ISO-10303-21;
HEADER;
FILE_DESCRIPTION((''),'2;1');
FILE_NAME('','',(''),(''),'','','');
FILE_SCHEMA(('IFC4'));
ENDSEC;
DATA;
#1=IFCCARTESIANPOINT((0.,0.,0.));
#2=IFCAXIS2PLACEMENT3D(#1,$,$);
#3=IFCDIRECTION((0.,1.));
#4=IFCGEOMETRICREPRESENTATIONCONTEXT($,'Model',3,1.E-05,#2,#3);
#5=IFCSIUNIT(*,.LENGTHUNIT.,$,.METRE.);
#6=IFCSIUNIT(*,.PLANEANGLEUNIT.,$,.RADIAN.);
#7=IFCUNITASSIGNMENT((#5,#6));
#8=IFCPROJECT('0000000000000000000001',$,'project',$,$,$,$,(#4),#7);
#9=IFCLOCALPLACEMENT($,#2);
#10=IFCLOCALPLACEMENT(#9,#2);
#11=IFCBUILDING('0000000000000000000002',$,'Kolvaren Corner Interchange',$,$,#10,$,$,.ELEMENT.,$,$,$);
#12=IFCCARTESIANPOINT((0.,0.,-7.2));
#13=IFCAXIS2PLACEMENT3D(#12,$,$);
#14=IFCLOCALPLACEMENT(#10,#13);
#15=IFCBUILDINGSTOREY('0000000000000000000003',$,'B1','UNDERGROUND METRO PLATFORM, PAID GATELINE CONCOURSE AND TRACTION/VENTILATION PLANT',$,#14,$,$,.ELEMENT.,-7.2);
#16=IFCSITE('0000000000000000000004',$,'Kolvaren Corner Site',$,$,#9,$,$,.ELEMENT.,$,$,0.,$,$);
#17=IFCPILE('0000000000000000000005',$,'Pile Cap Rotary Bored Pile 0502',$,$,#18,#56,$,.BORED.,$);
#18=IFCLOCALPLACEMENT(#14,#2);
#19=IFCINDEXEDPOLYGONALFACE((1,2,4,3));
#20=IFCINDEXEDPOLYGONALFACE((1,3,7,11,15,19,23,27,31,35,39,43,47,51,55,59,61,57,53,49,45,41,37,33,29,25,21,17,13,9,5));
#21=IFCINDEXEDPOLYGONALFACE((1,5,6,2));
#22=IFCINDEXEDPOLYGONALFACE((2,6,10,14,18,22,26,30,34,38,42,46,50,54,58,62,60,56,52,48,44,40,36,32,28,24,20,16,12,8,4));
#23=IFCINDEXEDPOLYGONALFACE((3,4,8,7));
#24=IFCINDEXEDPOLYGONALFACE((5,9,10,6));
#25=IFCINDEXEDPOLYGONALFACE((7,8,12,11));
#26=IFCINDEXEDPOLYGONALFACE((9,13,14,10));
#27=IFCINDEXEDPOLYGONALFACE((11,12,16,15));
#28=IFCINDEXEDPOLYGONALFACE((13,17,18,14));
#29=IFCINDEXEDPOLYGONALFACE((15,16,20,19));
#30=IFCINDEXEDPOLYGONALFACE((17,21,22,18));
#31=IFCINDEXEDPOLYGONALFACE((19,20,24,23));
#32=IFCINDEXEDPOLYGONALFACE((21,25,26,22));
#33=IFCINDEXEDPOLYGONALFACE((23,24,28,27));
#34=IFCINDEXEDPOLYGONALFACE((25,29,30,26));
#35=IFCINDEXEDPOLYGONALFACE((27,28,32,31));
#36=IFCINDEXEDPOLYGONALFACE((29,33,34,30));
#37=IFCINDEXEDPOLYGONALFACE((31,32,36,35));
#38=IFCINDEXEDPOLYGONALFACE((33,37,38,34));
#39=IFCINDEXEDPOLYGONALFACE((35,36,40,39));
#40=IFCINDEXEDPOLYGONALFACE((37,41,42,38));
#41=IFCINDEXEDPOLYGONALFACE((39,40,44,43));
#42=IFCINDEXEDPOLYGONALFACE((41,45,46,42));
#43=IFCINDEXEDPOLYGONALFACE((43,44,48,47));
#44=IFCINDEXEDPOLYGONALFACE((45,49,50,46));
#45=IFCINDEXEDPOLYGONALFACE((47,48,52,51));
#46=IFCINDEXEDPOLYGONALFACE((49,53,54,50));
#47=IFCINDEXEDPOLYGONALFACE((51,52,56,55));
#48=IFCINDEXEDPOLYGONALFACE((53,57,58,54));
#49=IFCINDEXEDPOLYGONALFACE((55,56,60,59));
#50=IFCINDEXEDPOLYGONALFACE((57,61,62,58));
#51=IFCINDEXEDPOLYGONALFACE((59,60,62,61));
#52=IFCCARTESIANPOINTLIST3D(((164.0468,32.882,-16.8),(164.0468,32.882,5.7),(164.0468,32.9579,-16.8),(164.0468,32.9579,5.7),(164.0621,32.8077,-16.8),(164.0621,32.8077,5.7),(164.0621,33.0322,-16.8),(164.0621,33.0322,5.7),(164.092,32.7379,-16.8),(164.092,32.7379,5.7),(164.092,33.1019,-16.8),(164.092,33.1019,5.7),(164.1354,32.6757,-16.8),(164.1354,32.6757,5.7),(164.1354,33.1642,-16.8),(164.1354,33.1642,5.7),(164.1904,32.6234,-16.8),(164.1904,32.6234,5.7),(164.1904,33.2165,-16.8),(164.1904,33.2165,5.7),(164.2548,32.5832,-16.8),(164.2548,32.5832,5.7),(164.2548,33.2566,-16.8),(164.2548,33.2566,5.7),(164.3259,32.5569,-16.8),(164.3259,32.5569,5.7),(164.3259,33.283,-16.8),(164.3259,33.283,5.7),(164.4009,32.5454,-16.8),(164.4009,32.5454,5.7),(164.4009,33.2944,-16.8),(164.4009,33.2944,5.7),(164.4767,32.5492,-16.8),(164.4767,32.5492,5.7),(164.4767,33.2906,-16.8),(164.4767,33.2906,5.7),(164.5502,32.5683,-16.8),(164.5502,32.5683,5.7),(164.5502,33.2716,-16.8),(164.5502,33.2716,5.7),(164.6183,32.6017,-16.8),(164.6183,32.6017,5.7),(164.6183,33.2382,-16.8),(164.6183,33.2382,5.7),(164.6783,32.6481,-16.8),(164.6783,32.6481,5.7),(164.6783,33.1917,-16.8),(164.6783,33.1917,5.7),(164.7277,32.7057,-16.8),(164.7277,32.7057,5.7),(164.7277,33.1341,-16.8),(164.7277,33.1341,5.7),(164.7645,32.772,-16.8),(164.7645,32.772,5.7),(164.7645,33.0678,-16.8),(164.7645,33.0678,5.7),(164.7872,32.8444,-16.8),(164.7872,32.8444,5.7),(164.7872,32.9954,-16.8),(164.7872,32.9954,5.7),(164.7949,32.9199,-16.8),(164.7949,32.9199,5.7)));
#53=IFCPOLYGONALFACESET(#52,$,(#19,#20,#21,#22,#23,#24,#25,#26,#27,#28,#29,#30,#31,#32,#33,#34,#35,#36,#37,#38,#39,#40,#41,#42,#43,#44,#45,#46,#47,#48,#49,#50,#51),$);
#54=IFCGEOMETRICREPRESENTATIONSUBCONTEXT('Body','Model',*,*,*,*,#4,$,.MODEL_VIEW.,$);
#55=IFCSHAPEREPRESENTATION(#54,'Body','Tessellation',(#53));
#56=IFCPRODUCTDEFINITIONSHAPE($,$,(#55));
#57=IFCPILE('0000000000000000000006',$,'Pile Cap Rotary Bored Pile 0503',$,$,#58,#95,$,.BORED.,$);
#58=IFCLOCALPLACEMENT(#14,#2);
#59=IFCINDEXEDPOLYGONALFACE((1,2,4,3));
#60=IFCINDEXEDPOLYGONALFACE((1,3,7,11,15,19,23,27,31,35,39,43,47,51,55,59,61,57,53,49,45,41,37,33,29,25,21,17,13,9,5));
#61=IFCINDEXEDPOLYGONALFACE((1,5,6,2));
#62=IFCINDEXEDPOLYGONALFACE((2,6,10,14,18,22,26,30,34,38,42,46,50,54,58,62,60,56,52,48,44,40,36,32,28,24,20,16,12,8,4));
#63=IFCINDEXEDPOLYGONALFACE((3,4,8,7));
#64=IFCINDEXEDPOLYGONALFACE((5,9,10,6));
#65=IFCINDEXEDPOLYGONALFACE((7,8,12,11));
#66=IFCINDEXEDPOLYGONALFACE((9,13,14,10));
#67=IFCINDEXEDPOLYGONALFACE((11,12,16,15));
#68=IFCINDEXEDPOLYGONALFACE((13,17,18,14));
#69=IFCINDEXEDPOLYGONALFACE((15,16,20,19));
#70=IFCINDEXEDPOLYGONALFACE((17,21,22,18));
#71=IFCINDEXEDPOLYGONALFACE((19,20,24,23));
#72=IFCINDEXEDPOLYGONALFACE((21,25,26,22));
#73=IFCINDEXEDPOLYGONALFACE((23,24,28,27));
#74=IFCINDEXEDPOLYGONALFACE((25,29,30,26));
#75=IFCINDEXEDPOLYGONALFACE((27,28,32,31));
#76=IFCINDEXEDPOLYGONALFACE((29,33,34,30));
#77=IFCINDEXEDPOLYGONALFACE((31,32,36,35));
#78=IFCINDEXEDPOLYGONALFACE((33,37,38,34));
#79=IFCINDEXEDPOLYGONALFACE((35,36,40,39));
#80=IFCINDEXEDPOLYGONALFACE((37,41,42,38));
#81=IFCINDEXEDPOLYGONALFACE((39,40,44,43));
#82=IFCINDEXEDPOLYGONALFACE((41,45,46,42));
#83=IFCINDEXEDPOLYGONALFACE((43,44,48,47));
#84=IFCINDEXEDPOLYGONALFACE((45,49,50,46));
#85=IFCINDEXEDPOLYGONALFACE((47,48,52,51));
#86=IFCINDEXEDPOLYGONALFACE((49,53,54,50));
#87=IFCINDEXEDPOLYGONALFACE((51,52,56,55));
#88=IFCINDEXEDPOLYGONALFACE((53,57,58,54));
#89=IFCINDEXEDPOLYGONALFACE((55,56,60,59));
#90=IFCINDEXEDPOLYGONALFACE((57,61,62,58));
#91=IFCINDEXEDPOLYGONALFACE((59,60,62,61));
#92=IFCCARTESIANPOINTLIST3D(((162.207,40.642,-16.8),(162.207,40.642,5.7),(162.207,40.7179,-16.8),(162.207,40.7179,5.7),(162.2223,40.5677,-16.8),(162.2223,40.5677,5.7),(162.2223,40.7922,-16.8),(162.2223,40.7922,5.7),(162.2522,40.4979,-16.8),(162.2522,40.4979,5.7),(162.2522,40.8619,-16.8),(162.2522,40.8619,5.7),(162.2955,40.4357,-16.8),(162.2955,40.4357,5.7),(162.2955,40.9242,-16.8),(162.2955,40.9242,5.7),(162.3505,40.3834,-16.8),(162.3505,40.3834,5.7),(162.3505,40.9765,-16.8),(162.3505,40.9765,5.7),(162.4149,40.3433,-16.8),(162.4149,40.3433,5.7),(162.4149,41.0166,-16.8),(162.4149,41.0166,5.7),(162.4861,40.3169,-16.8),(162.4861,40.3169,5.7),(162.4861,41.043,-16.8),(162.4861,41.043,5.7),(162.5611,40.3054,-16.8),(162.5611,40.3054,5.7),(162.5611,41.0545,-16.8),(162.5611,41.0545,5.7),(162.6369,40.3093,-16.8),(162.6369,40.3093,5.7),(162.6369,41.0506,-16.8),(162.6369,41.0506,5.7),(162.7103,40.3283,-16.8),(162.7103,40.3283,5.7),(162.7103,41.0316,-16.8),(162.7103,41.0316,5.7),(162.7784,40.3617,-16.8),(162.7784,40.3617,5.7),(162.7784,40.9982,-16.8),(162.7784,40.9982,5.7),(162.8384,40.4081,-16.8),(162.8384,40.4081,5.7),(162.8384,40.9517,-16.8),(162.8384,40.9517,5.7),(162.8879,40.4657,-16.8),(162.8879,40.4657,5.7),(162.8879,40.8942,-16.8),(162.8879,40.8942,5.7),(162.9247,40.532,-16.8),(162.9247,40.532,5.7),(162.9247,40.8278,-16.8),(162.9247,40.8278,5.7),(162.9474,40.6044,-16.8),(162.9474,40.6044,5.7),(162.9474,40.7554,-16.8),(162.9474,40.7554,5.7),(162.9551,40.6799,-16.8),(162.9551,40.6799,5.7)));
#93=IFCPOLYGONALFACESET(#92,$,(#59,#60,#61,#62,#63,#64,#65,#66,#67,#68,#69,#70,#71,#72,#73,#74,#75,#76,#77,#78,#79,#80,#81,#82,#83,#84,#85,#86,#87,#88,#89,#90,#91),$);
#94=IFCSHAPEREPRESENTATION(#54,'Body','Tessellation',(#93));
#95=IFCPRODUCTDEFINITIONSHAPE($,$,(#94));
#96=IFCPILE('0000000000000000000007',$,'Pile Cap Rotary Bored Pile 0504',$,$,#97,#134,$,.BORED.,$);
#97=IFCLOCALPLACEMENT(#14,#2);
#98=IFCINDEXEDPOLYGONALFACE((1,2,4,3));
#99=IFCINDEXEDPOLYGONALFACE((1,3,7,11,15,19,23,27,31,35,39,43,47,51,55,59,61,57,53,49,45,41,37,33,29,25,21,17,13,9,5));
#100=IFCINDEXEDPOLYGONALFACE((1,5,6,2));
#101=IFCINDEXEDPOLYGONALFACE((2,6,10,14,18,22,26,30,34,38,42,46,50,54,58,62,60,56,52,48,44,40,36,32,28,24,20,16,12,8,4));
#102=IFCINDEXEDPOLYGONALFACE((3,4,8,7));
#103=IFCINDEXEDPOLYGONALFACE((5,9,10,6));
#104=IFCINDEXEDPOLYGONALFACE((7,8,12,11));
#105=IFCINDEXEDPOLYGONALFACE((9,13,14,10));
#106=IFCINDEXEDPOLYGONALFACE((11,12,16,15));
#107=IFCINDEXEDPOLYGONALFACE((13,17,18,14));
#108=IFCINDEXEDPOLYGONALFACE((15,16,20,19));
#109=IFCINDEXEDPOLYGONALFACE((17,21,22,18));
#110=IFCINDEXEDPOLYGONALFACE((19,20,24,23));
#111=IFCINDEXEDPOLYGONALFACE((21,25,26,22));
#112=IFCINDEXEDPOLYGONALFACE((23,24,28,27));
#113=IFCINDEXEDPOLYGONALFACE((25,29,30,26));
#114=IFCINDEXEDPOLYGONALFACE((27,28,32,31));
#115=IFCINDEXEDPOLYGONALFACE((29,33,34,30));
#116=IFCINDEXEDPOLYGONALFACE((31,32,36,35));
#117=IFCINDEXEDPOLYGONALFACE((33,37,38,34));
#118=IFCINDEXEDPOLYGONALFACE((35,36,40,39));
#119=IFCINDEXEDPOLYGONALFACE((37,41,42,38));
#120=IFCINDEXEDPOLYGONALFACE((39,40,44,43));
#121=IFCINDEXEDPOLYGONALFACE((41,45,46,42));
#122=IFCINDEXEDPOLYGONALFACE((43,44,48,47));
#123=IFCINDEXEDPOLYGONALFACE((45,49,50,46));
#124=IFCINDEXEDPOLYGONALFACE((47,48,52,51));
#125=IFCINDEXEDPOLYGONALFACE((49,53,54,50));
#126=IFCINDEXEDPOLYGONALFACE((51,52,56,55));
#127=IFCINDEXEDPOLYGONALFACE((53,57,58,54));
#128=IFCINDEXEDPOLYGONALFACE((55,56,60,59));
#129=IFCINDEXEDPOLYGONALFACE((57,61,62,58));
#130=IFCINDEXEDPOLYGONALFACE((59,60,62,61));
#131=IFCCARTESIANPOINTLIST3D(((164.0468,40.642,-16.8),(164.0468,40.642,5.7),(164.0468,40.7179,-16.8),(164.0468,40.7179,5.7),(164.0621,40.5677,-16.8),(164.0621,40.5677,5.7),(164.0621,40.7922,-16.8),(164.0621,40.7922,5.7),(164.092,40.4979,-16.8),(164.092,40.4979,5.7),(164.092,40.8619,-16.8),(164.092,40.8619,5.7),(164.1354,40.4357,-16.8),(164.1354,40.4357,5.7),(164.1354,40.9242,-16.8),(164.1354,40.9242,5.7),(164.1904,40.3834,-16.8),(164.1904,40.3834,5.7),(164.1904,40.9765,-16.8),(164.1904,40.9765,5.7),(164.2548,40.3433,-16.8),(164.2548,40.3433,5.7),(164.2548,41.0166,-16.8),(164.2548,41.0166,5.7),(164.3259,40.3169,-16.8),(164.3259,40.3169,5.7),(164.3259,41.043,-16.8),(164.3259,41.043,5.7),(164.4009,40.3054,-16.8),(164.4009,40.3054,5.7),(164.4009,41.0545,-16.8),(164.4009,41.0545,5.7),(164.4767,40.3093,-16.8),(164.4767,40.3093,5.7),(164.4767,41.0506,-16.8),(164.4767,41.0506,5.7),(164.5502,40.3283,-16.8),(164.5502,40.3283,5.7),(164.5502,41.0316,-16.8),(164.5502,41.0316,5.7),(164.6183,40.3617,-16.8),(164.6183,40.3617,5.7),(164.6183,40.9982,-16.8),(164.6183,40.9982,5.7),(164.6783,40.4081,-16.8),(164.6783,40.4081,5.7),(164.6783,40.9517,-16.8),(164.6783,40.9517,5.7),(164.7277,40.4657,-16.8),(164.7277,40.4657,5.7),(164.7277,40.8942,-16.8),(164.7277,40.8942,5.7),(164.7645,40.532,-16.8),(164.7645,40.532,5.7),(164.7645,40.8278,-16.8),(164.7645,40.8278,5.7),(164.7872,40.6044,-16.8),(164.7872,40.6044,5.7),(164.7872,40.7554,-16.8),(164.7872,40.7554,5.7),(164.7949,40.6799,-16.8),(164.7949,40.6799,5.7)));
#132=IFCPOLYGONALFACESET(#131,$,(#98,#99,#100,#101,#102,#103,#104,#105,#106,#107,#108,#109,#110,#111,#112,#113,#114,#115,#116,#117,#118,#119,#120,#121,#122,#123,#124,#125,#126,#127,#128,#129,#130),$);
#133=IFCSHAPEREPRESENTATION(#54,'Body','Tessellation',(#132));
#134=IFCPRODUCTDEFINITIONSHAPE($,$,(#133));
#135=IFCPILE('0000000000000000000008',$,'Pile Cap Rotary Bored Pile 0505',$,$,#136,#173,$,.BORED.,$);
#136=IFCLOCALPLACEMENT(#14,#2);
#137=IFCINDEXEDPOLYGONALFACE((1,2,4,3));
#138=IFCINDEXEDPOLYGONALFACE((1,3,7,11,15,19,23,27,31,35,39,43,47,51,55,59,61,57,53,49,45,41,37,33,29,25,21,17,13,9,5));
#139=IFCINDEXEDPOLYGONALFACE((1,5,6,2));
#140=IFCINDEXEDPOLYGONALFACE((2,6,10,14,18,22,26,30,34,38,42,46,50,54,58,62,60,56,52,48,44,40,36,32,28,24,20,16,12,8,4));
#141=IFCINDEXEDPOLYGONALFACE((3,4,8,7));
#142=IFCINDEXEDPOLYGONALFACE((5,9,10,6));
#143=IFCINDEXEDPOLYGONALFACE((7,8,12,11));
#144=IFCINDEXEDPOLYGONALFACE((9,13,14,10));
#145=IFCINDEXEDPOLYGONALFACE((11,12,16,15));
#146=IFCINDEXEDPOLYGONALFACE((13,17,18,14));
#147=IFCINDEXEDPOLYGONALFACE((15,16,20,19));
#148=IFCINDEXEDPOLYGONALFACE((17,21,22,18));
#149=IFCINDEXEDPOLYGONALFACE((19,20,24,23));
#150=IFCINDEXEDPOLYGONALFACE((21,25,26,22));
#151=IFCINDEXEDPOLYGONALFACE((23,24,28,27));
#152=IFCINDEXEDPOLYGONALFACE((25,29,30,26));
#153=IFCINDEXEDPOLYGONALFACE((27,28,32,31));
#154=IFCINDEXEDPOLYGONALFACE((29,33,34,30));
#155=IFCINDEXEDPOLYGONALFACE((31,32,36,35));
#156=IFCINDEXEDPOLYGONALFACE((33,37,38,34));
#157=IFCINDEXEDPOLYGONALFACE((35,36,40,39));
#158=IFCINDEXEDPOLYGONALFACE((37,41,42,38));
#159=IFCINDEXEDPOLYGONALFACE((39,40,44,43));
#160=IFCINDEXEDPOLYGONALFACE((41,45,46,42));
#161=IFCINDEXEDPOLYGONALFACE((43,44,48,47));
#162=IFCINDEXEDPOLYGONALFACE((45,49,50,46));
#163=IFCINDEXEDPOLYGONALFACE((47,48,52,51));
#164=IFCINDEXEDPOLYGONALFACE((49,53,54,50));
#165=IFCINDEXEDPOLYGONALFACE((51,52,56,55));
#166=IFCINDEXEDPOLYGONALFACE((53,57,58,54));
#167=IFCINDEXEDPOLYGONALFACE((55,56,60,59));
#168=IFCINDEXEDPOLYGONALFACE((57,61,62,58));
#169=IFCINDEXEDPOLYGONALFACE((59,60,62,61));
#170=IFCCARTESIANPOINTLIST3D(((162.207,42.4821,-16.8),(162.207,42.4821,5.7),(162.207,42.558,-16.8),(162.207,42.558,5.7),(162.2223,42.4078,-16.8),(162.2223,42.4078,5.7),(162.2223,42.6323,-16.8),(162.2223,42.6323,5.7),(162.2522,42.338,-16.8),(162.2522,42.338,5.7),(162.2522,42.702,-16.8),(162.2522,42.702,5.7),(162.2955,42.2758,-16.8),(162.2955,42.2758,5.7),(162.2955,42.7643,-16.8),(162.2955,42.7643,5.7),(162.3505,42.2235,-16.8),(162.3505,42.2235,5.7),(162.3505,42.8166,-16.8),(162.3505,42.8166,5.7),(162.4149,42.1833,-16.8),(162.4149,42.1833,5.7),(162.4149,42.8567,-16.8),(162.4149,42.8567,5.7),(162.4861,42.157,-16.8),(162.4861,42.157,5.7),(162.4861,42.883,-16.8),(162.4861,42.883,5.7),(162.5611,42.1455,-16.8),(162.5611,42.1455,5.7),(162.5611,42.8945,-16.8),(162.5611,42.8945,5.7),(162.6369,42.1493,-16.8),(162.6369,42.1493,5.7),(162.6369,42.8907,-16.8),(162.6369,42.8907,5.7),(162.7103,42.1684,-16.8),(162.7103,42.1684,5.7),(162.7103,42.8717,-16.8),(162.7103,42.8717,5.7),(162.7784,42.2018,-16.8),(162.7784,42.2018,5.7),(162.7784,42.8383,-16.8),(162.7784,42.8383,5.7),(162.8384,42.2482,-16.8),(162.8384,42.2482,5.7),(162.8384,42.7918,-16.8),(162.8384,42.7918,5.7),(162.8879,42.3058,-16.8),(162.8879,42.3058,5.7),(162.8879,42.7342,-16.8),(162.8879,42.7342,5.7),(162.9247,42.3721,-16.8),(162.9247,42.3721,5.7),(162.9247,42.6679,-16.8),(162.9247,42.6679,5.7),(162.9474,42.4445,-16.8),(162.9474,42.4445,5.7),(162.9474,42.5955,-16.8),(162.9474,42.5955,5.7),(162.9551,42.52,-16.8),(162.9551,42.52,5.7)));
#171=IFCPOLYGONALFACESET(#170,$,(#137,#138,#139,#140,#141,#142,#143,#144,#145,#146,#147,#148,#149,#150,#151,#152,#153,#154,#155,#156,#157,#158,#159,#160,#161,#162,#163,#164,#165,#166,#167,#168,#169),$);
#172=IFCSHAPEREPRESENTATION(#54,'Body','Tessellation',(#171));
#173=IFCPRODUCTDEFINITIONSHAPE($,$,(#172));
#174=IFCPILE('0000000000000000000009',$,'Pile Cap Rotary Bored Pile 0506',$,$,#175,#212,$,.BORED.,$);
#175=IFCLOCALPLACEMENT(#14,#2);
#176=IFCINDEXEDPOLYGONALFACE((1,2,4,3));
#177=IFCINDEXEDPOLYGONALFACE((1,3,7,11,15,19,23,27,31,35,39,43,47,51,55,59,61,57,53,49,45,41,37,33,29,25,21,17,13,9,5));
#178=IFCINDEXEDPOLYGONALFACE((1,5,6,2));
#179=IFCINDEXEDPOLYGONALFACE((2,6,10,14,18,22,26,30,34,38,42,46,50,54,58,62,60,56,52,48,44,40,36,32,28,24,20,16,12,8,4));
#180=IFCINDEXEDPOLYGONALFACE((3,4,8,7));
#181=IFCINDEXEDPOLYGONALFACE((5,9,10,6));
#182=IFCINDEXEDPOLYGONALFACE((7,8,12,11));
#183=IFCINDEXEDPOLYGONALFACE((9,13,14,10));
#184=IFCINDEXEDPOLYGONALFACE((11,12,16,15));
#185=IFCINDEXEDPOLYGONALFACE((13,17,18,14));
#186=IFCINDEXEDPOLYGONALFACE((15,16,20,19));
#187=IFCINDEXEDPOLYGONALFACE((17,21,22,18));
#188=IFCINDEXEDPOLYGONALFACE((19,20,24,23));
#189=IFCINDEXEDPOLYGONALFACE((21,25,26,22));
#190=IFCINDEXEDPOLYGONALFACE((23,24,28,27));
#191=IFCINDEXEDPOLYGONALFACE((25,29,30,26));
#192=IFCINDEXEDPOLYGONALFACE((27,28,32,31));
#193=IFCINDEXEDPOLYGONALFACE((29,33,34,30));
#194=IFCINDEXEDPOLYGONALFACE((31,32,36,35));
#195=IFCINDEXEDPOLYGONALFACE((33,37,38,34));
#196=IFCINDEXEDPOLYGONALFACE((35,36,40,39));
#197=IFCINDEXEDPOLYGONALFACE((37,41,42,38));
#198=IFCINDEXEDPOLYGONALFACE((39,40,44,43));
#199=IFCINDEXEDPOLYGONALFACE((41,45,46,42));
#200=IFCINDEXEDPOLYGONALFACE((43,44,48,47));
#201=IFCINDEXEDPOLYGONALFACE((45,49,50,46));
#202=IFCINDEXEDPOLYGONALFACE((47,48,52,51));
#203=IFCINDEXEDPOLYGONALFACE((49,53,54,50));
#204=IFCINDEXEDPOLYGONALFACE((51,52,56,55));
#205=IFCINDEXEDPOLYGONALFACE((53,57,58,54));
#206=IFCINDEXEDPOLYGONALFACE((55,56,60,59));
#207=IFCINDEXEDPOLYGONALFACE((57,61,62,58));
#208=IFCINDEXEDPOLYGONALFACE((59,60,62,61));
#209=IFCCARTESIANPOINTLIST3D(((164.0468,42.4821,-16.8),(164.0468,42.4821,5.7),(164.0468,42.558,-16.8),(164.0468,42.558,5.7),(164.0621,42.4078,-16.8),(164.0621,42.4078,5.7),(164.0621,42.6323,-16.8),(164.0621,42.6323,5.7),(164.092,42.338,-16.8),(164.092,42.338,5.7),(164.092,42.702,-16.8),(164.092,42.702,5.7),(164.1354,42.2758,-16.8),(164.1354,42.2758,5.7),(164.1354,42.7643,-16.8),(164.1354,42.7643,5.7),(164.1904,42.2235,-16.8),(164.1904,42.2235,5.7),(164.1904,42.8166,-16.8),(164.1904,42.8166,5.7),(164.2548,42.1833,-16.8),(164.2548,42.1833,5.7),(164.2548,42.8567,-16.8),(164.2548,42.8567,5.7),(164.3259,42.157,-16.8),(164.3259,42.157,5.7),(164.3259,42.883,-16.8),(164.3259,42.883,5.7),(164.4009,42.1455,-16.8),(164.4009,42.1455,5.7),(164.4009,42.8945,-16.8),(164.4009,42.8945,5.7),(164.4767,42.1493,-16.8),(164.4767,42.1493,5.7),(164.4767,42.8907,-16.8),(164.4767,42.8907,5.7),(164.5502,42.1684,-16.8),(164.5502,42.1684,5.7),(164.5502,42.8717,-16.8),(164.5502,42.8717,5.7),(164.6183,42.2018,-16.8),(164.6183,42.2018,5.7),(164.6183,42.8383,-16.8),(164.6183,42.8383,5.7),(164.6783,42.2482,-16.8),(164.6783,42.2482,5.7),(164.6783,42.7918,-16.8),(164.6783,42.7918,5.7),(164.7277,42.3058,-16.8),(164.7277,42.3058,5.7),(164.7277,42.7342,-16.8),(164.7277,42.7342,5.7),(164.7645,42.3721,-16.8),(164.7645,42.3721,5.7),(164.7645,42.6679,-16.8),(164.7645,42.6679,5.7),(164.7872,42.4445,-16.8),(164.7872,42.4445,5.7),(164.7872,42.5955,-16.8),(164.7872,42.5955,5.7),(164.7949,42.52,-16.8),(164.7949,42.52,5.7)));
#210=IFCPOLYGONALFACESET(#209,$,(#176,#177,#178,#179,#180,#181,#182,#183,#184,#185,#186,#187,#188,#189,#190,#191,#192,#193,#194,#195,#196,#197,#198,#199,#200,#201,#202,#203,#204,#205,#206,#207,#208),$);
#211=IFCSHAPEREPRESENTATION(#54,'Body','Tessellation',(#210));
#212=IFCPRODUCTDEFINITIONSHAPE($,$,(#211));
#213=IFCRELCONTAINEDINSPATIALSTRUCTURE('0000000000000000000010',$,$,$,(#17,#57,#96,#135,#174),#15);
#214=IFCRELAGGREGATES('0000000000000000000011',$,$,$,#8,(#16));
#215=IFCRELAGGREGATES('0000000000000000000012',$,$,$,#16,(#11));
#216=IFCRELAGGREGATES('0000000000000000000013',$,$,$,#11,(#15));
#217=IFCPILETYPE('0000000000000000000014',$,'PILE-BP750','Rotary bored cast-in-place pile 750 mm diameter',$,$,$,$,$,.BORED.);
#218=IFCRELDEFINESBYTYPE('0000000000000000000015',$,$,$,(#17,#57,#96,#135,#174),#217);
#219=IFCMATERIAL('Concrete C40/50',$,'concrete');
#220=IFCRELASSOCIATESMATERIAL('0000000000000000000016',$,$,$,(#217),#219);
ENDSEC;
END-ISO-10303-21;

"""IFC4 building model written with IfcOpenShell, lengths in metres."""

from ifc_helpers import new_model, si_unit, direction, frame, origin, origin_2d, place, context, subcontext, project, spatial, circle, extrude, material, material_profile, profile_set, type_object, element, save


model = new_model("IFC4")

# Units and contexts
model_context = context("Model", 3, precision=1e-05, world=origin(), true_north=direction((0.0, 1.0)))
body_context = subcontext(model_context, "Body", "Model", "MODEL_VIEW")
ifc_project = project(units=[si_unit("LENGTHUNIT", "METRE"), si_unit("PLANEANGLEUNIT", "RADIAN")], contexts=[model_context])

# Site, building, storey
site_placement = place(None, origin())
site = spatial("IfcSite", under=ifc_project, at=site_placement, Name="Kolvaren Corner Site", CompositionType="ELEMENT", RefElevation=0.0)
building_placement = place(site_placement, origin())
building = spatial("IfcBuilding", under=site, at=building_placement, Name="Kolvaren Corner Interchange", CompositionType="ELEMENT")
storey_placement = place(building_placement, frame((0.0, 0.0, -7.2)))
storey = spatial("IfcBuildingStorey", under=building, at=storey_placement, Name="B1", Description="UNDERGROUND METRO PLATFORM, PAID GATELINE CONCOURSE AND TRACTION/VENTILATION PLANT", CompositionType="ELEMENT", Elevation=-7.2)

# Piles
ifc_material_1 = material(Name="Concrete C40/50", Category="concrete")
ifc_material_profile_1 = material_profile(ifc_material_1, circle(Radius=0.375, at=origin_2d()), Name="BORED PILE 750")
ifc_profile_set_1 = profile_set([ifc_material_profile_1], Name="Concrete C40/50")
pile_type_1 = type_object("IfcPileType", Name="PILE-BP750", Description="Rotary bored cast-in-place pile 750 mm diameter", PredefinedType="BORED", material=ifc_profile_set_1)
for number, where, z_axis, x_axis, name in (
    (1, (164.4199, 32.9199, 5.7), (0.0, 0.0, -1.0), (1.0, 0.0, 0.0), "Pile Cap Rotary Bored Pile 0502"),
    (2, (162.5801, 40.6799, 5.7), (0.0, 0.0, -1.0), (1.0, 0.0, 0.0), "Pile Cap Rotary Bored Pile 0503"),
    (3, (164.4199, 40.6799, 5.7), (0.0, 0.0, -1.0), (1.0, 0.0, 0.0), "Pile Cap Rotary Bored Pile 0504"),
    (4, (162.5801, 42.52, 5.7), (0.0, 0.0, -1.0), (1.0, 0.0, 0.0), "Pile Cap Rotary Bored Pile 0505"),
    (5, (164.4199, 42.52, 5.7), (0.0, 0.0, -1.0), (1.0, 0.0, 0.0), "Pile Cap Rotary Bored Pile 0506"),
):
    element("IfcPile", number, at=place(storey_placement, frame(where, z_axis=z_axis, x_axis=x_axis)), inside=storey, type_object=pile_type_1, Name=name, PredefinedType="BORED", context=body_context, shape_type="SweptSolid", body=[
        extrude(circle(Radius=0.375, at=origin_2d()), origin(), (0.0, 0.0, 1.0), 22.5),
    ])

save(model, "model.ifc")
